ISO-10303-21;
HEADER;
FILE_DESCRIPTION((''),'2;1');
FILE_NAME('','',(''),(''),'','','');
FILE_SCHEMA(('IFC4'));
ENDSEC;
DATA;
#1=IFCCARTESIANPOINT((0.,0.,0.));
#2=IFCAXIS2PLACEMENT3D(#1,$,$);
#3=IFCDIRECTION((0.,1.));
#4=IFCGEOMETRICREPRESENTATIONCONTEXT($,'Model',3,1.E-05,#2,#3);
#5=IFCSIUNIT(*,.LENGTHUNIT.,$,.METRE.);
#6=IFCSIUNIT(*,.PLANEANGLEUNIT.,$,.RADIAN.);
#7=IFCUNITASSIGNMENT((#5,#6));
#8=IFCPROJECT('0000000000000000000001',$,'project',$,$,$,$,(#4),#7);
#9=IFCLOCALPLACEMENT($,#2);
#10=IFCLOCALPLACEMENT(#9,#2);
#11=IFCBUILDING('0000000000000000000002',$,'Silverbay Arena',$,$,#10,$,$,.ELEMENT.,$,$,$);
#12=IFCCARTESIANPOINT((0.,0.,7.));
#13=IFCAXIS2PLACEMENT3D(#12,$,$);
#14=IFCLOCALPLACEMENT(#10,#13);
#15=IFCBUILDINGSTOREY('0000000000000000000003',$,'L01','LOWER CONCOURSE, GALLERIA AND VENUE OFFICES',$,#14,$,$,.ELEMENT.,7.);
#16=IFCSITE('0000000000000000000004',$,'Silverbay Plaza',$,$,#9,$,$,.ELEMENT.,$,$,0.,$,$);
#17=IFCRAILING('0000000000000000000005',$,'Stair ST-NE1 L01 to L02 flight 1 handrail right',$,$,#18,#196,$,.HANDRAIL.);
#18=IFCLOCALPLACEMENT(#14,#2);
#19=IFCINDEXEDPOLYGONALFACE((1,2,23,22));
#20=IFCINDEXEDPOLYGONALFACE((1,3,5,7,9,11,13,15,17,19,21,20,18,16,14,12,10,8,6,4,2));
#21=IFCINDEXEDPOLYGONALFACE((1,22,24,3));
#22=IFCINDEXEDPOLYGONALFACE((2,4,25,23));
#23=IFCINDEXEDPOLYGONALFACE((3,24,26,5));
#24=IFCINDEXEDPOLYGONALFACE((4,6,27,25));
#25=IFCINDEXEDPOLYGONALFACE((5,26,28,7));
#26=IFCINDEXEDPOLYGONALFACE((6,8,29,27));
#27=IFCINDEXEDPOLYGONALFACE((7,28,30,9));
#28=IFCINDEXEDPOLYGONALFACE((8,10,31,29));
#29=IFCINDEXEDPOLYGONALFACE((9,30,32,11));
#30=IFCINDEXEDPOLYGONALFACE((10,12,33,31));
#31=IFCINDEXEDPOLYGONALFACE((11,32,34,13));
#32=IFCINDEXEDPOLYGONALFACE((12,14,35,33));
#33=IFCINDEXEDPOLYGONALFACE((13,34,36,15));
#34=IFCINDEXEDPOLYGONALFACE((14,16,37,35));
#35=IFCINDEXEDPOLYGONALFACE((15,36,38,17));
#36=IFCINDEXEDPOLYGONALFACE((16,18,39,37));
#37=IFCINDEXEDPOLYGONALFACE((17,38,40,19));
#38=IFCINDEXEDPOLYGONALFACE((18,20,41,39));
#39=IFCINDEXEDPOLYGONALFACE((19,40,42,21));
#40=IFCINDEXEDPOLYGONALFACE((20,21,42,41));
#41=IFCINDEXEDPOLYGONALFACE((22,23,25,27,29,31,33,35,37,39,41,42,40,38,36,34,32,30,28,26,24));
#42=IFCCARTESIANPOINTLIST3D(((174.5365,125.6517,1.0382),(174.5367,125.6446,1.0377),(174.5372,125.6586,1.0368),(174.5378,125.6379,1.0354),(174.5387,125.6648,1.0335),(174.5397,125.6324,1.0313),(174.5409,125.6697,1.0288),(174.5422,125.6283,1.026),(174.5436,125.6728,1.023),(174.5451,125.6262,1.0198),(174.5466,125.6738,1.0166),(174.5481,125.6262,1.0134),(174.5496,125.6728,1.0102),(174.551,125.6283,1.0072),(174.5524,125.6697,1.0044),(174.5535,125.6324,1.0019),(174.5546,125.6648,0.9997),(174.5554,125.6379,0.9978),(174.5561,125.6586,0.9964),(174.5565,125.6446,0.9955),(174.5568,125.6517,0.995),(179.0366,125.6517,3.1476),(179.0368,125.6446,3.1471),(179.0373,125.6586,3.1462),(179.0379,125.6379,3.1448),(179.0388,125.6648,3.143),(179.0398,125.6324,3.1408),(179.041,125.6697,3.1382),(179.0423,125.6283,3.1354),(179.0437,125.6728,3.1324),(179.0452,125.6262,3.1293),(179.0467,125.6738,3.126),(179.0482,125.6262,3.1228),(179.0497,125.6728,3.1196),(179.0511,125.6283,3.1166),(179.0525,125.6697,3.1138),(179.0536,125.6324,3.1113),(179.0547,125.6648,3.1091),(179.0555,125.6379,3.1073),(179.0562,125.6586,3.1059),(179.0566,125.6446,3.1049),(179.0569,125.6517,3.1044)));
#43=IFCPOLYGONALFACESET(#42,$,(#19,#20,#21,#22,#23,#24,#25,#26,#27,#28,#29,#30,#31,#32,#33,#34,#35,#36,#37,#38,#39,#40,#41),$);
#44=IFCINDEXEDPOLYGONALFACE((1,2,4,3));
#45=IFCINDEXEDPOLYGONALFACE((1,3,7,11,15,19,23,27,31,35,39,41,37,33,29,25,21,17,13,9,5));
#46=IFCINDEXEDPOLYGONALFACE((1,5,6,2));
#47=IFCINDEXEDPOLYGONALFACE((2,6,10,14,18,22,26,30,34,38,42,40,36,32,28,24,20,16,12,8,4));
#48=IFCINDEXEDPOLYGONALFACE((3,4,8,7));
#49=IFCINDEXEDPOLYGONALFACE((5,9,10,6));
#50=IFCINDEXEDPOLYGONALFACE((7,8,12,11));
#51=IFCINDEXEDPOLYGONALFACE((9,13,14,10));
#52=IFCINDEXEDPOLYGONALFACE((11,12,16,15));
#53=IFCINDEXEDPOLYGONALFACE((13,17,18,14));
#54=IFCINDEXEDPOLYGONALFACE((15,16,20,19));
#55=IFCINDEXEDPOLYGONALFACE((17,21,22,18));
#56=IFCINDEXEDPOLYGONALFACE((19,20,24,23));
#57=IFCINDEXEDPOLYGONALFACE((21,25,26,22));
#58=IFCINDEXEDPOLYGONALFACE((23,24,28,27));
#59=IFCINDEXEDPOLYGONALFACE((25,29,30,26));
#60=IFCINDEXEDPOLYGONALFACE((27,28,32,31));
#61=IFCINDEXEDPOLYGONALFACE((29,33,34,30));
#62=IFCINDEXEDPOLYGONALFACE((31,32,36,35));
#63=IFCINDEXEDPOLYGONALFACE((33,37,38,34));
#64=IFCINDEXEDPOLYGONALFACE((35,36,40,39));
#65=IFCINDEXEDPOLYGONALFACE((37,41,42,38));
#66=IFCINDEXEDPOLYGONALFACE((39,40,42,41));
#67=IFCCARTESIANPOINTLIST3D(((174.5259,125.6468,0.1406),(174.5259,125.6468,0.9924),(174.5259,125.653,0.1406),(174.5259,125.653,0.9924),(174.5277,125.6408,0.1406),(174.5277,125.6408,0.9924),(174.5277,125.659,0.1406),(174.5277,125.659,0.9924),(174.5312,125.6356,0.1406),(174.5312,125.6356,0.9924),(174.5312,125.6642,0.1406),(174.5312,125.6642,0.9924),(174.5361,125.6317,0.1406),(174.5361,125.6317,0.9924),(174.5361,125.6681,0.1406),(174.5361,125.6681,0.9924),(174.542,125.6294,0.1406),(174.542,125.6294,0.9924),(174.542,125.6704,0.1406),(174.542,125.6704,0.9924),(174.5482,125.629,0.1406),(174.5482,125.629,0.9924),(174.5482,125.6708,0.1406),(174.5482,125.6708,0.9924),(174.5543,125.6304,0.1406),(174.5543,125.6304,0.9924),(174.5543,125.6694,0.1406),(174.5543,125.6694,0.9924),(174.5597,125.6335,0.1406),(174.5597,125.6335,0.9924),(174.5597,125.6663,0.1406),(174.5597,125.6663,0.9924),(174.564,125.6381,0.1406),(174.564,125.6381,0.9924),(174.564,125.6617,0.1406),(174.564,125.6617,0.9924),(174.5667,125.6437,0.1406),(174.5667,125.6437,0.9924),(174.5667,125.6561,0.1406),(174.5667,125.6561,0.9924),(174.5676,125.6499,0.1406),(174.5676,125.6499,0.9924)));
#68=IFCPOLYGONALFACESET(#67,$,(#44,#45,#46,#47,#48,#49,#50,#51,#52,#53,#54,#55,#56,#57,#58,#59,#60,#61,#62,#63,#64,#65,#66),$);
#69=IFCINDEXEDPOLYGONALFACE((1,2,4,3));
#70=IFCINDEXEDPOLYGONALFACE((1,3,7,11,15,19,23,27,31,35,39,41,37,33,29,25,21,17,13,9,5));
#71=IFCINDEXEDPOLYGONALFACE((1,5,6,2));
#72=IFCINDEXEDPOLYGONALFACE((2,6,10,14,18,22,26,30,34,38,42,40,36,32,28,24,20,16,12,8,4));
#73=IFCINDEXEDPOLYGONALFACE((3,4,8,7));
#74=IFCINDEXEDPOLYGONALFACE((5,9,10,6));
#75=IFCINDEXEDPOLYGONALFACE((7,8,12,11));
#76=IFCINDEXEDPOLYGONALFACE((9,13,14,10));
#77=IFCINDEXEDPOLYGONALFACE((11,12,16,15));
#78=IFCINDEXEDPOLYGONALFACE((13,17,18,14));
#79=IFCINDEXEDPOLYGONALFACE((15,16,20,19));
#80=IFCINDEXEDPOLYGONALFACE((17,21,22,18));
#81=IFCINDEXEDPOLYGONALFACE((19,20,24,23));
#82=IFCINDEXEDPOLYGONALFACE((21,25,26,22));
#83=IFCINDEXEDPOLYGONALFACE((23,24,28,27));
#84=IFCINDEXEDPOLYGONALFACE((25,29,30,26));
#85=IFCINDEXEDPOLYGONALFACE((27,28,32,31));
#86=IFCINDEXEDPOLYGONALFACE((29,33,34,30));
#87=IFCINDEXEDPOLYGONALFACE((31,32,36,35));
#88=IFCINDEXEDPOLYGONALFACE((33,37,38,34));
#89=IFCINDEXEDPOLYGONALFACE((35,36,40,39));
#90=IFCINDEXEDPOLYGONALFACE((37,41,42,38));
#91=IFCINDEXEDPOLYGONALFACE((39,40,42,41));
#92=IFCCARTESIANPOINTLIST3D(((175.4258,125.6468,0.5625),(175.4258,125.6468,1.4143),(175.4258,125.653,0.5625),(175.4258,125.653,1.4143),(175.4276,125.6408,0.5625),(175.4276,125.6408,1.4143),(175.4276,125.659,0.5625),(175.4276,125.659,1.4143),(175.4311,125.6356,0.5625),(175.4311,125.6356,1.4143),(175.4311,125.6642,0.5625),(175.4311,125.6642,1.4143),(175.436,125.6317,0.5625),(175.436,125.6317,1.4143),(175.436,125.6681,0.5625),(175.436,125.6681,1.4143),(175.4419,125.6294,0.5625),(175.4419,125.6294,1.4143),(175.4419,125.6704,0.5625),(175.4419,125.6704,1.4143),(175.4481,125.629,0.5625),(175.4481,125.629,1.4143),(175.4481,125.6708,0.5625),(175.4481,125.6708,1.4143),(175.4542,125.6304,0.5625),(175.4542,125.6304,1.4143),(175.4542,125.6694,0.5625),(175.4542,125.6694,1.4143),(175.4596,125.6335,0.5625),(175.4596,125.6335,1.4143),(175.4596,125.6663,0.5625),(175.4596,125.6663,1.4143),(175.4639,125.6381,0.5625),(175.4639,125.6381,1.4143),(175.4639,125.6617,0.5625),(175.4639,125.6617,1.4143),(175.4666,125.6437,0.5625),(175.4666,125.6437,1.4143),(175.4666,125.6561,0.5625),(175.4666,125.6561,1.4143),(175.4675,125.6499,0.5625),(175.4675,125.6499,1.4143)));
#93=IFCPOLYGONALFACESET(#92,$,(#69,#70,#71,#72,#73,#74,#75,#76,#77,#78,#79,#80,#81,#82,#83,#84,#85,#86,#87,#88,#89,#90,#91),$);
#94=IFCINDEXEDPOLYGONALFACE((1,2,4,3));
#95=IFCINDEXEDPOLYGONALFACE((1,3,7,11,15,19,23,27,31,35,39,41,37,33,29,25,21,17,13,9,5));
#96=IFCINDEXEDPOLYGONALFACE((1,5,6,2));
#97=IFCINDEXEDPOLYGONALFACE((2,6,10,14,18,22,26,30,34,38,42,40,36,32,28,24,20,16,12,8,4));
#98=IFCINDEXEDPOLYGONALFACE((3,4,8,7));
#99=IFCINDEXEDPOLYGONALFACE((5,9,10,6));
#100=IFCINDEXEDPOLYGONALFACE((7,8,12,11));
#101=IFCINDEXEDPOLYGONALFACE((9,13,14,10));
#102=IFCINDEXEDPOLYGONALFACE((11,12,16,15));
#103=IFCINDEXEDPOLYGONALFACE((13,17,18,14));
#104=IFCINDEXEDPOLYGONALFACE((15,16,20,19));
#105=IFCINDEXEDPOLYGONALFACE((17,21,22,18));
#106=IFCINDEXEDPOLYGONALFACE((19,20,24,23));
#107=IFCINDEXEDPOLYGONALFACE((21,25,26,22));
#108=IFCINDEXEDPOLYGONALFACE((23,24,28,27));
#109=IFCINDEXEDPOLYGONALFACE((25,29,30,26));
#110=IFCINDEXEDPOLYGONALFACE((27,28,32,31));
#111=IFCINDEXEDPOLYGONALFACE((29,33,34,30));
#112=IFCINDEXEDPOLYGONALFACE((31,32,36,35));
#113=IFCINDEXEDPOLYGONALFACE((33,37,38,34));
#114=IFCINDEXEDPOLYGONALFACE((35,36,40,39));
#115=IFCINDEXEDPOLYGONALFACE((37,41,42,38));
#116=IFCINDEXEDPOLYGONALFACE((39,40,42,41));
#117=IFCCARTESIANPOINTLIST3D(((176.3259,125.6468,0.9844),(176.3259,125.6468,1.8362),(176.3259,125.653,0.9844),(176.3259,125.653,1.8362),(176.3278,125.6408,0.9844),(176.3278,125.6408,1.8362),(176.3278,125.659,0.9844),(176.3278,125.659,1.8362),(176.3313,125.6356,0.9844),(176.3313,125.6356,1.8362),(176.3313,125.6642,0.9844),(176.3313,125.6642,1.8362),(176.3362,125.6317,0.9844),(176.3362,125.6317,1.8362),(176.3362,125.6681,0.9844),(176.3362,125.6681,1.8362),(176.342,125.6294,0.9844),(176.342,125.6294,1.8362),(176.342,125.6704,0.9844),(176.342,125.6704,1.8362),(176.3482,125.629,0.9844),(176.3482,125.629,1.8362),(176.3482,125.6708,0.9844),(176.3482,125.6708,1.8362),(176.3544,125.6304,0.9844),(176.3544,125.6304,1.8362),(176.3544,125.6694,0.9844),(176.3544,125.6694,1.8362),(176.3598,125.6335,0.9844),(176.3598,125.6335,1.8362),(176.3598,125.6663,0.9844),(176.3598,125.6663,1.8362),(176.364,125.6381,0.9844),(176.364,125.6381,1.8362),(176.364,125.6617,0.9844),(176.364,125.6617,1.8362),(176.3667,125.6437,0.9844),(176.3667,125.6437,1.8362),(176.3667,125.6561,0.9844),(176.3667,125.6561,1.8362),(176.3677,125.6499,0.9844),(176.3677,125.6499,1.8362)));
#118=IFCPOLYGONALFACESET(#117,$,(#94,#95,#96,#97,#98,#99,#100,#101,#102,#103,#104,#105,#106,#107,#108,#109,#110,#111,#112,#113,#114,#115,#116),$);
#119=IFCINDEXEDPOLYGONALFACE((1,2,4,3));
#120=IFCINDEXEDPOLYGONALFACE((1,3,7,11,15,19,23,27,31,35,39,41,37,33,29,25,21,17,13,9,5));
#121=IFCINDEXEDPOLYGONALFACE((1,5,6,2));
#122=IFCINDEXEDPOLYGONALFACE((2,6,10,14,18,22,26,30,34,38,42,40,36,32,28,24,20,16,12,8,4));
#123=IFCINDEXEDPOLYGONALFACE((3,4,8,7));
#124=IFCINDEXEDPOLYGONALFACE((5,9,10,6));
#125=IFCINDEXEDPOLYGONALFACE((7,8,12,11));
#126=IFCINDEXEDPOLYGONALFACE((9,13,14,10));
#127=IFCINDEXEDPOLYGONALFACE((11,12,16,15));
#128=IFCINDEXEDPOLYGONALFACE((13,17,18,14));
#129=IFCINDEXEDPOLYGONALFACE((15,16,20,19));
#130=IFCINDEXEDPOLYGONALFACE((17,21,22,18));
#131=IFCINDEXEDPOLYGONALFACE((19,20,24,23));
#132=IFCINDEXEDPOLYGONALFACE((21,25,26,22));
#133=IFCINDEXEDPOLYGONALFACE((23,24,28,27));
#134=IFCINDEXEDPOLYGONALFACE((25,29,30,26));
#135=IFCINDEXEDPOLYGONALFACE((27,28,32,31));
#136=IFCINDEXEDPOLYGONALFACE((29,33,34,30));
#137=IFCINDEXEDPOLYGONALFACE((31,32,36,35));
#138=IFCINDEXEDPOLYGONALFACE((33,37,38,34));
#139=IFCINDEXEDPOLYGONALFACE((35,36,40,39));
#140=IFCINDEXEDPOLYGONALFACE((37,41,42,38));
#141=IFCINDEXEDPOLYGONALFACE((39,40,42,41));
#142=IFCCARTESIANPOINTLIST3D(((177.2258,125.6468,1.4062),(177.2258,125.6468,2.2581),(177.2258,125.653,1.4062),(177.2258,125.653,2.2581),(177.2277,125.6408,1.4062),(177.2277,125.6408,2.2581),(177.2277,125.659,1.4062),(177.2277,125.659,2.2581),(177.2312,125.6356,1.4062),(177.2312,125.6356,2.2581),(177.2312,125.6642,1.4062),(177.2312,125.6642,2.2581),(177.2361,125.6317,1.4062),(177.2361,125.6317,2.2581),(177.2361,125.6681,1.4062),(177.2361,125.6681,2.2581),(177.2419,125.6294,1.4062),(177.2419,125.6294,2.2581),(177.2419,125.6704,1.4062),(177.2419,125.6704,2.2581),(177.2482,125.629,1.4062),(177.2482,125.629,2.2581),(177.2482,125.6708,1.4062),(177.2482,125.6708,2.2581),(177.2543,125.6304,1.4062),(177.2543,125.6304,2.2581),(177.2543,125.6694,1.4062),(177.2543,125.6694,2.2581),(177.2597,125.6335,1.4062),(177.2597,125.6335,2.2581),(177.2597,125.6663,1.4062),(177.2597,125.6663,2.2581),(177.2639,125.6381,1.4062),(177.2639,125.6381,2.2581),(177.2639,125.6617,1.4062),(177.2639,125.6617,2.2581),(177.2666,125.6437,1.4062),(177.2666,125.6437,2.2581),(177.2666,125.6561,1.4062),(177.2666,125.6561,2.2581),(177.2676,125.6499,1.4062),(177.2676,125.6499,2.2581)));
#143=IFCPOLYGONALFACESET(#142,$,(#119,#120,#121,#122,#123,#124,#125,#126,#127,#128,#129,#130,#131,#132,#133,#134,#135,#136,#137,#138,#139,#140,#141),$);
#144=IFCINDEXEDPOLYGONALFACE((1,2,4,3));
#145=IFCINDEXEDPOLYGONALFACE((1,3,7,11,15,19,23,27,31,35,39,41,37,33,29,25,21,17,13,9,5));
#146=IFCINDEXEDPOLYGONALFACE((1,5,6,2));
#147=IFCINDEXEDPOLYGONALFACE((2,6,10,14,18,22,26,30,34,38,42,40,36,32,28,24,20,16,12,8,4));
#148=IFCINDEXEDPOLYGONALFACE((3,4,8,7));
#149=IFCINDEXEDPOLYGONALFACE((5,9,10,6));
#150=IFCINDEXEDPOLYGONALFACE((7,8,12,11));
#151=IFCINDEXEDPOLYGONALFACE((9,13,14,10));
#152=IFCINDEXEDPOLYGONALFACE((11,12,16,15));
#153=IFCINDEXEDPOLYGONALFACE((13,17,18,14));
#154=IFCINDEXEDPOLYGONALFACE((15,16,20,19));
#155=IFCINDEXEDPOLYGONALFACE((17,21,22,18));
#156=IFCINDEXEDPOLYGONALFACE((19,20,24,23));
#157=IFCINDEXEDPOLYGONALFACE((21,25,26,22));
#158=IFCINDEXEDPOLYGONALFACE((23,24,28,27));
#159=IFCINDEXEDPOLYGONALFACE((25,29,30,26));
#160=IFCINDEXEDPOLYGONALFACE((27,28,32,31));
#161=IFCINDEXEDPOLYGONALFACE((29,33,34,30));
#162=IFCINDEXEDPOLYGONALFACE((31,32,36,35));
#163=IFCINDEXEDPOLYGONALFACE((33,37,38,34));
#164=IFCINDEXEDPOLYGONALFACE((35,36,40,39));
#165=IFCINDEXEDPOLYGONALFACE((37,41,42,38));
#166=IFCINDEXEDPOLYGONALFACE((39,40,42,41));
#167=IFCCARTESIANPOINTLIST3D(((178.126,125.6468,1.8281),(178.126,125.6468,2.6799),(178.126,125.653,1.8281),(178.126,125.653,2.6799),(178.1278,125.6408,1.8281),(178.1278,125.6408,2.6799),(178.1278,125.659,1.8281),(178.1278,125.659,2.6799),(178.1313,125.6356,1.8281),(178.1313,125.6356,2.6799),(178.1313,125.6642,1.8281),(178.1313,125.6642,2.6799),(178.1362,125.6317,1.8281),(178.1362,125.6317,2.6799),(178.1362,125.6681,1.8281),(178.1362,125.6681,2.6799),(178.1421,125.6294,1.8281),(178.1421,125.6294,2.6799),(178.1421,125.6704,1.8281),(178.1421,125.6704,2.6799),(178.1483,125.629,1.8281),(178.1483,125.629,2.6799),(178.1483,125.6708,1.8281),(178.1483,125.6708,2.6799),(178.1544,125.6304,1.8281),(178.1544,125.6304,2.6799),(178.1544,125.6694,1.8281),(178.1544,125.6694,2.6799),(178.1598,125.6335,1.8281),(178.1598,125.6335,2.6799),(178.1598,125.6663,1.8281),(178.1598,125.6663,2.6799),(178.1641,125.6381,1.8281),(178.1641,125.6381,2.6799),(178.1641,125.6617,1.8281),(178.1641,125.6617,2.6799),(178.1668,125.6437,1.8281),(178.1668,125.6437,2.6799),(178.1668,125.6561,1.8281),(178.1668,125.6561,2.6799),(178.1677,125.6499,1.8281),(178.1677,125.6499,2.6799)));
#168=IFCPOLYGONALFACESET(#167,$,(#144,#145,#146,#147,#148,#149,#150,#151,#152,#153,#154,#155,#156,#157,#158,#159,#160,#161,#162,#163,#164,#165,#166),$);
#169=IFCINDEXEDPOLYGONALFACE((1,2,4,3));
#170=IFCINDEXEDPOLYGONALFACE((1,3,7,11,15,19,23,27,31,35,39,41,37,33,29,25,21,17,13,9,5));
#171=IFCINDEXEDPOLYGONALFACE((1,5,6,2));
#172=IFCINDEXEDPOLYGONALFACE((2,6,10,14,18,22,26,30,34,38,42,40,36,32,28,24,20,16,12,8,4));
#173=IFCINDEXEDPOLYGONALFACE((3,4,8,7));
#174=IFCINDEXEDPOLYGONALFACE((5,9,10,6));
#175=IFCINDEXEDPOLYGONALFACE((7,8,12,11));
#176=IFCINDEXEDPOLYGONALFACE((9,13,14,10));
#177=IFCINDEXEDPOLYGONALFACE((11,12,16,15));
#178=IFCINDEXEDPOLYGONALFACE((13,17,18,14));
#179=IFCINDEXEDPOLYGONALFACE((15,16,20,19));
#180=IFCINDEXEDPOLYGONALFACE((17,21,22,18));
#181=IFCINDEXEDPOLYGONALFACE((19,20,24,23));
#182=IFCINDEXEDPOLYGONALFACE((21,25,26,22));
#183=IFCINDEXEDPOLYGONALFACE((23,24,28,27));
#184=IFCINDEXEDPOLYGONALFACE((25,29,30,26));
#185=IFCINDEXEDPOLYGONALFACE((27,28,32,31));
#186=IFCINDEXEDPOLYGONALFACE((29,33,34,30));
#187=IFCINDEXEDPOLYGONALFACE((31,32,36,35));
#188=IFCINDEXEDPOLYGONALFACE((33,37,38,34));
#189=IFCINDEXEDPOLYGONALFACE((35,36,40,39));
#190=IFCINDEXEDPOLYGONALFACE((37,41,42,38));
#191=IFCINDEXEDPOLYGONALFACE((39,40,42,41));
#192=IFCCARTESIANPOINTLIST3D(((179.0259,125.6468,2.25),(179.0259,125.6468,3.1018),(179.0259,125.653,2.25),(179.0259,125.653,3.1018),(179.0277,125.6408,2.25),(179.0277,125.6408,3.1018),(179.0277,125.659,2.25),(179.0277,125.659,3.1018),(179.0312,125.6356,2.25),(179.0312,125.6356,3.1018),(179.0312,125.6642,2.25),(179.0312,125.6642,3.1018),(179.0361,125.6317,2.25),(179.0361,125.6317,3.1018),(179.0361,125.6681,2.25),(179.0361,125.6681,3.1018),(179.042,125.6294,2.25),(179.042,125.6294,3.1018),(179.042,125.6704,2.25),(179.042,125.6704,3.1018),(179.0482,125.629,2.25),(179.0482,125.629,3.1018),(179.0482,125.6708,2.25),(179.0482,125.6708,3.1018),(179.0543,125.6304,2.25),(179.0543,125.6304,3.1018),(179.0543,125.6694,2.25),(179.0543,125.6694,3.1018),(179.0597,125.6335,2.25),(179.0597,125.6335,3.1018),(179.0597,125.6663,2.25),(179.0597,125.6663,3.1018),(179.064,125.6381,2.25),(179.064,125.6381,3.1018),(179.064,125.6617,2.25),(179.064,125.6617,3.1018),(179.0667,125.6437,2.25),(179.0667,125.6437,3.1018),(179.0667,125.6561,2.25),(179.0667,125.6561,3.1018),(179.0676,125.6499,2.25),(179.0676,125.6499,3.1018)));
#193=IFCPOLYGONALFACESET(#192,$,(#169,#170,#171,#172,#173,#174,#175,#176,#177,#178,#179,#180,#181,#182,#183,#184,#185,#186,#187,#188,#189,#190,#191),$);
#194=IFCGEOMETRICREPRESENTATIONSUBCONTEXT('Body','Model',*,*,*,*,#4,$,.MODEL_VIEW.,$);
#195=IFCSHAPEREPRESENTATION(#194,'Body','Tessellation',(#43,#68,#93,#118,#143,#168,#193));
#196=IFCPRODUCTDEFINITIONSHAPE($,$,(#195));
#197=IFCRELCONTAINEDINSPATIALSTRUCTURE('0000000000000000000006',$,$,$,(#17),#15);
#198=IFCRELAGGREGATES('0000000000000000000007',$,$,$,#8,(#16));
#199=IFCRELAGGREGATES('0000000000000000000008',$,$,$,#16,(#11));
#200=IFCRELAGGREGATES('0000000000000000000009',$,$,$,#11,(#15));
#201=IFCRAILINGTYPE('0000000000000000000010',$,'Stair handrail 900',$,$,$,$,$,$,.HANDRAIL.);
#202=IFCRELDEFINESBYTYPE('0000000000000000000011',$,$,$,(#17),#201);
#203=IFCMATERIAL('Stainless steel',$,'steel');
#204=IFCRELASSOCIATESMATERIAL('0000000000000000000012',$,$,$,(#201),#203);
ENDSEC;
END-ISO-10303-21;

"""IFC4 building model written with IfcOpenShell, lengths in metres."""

from ifc_helpers import new_model, si_unit, direction, frame, origin, origin_2d, place, context, subcontext, project, spatial, circle, extrude, material, type_object, element, save


model = new_model("IFC4")

# Units and contexts
model_context = context("Model", 3, precision=1e-05, world=origin(), true_north=direction((0.0, 1.0)))
body_context = subcontext(model_context, "Body", "Model", "MODEL_VIEW")
ifc_project = project(units=[si_unit("LENGTHUNIT", "METRE"), si_unit("PLANEANGLEUNIT", "RADIAN")], contexts=[model_context])

# Site, building, storey
site_placement = place(None, origin())
site = spatial("IfcSite", under=ifc_project, at=site_placement, Name="Silverbay Plaza", CompositionType="ELEMENT", RefElevation=0.0)
building_placement = place(site_placement, origin())
building = spatial("IfcBuilding", under=site, at=building_placement, Name="Silverbay Arena", CompositionType="ELEMENT")
storey_placement = place(building_placement, frame((0.0, 0.0, 7.0)))
storey = spatial("IfcBuildingStorey", under=building, at=storey_placement, Name="L01", Description="LOWER CONCOURSE, GALLERIA AND VENUE OFFICES", CompositionType="ELEMENT", Elevation=7.0)

# Railing
ifc_material_1 = material(Name="Stainless steel", Category="steel")
railing_type_1 = type_object("IfcRailingType", Name="Stair handrail 900", PredefinedType="HANDRAIL", material=ifc_material_1)
for number, where, name in (
    (1, (174.5466, 125.6499, 0.1406), "Stair ST-NE1 L01 to L02 flight 1 handrail right"),
):
    element("IfcRailing", number, at=place(storey_placement, frame(where)), inside=storey, type_object=railing_type_1, Name=name, PredefinedType="HANDRAIL", context=body_context, shape_type="SweptSolid", body=[
        extrude(circle(Radius=0.0239, at=origin_2d()), frame((0.0, 0.0, 0.876), z_axis=(0.905459, 0.0, 0.424434), x_axis=(0.0, 1.0, 0.0)), (0.0, 0.0, 1.0), 4.97),
        extrude(circle(Radius=0.021, at=origin_2d()), origin(), (0.0, 0.0, 1.0), 0.8518),
        extrude(circle(Radius=0.021, at=origin_2d()), frame((0.8999, 0.0, 0.4219)), (0.0, 0.0, 1.0), 0.8518),
        extrude(circle(Radius=0.021, at=origin_2d()), frame((1.8, 0.0, 0.8438)), (0.0, 0.0, 1.0), 0.8518),
        extrude(circle(Radius=0.021, at=origin_2d()), frame((2.7, 0.0, 1.2656)), (0.0, 0.0, 1.0), 0.8518),
        extrude(circle(Radius=0.021, at=origin_2d()), frame((3.6001, 0.0, 1.6875)), (0.0, 0.0, 1.0), 0.8518),
        extrude(circle(Radius=0.021, at=origin_2d()), frame((4.5, 0.0, 2.1094)), (0.0, 0.0, 1.0), 0.8518),
    ])

save(model, "model.ifc")
